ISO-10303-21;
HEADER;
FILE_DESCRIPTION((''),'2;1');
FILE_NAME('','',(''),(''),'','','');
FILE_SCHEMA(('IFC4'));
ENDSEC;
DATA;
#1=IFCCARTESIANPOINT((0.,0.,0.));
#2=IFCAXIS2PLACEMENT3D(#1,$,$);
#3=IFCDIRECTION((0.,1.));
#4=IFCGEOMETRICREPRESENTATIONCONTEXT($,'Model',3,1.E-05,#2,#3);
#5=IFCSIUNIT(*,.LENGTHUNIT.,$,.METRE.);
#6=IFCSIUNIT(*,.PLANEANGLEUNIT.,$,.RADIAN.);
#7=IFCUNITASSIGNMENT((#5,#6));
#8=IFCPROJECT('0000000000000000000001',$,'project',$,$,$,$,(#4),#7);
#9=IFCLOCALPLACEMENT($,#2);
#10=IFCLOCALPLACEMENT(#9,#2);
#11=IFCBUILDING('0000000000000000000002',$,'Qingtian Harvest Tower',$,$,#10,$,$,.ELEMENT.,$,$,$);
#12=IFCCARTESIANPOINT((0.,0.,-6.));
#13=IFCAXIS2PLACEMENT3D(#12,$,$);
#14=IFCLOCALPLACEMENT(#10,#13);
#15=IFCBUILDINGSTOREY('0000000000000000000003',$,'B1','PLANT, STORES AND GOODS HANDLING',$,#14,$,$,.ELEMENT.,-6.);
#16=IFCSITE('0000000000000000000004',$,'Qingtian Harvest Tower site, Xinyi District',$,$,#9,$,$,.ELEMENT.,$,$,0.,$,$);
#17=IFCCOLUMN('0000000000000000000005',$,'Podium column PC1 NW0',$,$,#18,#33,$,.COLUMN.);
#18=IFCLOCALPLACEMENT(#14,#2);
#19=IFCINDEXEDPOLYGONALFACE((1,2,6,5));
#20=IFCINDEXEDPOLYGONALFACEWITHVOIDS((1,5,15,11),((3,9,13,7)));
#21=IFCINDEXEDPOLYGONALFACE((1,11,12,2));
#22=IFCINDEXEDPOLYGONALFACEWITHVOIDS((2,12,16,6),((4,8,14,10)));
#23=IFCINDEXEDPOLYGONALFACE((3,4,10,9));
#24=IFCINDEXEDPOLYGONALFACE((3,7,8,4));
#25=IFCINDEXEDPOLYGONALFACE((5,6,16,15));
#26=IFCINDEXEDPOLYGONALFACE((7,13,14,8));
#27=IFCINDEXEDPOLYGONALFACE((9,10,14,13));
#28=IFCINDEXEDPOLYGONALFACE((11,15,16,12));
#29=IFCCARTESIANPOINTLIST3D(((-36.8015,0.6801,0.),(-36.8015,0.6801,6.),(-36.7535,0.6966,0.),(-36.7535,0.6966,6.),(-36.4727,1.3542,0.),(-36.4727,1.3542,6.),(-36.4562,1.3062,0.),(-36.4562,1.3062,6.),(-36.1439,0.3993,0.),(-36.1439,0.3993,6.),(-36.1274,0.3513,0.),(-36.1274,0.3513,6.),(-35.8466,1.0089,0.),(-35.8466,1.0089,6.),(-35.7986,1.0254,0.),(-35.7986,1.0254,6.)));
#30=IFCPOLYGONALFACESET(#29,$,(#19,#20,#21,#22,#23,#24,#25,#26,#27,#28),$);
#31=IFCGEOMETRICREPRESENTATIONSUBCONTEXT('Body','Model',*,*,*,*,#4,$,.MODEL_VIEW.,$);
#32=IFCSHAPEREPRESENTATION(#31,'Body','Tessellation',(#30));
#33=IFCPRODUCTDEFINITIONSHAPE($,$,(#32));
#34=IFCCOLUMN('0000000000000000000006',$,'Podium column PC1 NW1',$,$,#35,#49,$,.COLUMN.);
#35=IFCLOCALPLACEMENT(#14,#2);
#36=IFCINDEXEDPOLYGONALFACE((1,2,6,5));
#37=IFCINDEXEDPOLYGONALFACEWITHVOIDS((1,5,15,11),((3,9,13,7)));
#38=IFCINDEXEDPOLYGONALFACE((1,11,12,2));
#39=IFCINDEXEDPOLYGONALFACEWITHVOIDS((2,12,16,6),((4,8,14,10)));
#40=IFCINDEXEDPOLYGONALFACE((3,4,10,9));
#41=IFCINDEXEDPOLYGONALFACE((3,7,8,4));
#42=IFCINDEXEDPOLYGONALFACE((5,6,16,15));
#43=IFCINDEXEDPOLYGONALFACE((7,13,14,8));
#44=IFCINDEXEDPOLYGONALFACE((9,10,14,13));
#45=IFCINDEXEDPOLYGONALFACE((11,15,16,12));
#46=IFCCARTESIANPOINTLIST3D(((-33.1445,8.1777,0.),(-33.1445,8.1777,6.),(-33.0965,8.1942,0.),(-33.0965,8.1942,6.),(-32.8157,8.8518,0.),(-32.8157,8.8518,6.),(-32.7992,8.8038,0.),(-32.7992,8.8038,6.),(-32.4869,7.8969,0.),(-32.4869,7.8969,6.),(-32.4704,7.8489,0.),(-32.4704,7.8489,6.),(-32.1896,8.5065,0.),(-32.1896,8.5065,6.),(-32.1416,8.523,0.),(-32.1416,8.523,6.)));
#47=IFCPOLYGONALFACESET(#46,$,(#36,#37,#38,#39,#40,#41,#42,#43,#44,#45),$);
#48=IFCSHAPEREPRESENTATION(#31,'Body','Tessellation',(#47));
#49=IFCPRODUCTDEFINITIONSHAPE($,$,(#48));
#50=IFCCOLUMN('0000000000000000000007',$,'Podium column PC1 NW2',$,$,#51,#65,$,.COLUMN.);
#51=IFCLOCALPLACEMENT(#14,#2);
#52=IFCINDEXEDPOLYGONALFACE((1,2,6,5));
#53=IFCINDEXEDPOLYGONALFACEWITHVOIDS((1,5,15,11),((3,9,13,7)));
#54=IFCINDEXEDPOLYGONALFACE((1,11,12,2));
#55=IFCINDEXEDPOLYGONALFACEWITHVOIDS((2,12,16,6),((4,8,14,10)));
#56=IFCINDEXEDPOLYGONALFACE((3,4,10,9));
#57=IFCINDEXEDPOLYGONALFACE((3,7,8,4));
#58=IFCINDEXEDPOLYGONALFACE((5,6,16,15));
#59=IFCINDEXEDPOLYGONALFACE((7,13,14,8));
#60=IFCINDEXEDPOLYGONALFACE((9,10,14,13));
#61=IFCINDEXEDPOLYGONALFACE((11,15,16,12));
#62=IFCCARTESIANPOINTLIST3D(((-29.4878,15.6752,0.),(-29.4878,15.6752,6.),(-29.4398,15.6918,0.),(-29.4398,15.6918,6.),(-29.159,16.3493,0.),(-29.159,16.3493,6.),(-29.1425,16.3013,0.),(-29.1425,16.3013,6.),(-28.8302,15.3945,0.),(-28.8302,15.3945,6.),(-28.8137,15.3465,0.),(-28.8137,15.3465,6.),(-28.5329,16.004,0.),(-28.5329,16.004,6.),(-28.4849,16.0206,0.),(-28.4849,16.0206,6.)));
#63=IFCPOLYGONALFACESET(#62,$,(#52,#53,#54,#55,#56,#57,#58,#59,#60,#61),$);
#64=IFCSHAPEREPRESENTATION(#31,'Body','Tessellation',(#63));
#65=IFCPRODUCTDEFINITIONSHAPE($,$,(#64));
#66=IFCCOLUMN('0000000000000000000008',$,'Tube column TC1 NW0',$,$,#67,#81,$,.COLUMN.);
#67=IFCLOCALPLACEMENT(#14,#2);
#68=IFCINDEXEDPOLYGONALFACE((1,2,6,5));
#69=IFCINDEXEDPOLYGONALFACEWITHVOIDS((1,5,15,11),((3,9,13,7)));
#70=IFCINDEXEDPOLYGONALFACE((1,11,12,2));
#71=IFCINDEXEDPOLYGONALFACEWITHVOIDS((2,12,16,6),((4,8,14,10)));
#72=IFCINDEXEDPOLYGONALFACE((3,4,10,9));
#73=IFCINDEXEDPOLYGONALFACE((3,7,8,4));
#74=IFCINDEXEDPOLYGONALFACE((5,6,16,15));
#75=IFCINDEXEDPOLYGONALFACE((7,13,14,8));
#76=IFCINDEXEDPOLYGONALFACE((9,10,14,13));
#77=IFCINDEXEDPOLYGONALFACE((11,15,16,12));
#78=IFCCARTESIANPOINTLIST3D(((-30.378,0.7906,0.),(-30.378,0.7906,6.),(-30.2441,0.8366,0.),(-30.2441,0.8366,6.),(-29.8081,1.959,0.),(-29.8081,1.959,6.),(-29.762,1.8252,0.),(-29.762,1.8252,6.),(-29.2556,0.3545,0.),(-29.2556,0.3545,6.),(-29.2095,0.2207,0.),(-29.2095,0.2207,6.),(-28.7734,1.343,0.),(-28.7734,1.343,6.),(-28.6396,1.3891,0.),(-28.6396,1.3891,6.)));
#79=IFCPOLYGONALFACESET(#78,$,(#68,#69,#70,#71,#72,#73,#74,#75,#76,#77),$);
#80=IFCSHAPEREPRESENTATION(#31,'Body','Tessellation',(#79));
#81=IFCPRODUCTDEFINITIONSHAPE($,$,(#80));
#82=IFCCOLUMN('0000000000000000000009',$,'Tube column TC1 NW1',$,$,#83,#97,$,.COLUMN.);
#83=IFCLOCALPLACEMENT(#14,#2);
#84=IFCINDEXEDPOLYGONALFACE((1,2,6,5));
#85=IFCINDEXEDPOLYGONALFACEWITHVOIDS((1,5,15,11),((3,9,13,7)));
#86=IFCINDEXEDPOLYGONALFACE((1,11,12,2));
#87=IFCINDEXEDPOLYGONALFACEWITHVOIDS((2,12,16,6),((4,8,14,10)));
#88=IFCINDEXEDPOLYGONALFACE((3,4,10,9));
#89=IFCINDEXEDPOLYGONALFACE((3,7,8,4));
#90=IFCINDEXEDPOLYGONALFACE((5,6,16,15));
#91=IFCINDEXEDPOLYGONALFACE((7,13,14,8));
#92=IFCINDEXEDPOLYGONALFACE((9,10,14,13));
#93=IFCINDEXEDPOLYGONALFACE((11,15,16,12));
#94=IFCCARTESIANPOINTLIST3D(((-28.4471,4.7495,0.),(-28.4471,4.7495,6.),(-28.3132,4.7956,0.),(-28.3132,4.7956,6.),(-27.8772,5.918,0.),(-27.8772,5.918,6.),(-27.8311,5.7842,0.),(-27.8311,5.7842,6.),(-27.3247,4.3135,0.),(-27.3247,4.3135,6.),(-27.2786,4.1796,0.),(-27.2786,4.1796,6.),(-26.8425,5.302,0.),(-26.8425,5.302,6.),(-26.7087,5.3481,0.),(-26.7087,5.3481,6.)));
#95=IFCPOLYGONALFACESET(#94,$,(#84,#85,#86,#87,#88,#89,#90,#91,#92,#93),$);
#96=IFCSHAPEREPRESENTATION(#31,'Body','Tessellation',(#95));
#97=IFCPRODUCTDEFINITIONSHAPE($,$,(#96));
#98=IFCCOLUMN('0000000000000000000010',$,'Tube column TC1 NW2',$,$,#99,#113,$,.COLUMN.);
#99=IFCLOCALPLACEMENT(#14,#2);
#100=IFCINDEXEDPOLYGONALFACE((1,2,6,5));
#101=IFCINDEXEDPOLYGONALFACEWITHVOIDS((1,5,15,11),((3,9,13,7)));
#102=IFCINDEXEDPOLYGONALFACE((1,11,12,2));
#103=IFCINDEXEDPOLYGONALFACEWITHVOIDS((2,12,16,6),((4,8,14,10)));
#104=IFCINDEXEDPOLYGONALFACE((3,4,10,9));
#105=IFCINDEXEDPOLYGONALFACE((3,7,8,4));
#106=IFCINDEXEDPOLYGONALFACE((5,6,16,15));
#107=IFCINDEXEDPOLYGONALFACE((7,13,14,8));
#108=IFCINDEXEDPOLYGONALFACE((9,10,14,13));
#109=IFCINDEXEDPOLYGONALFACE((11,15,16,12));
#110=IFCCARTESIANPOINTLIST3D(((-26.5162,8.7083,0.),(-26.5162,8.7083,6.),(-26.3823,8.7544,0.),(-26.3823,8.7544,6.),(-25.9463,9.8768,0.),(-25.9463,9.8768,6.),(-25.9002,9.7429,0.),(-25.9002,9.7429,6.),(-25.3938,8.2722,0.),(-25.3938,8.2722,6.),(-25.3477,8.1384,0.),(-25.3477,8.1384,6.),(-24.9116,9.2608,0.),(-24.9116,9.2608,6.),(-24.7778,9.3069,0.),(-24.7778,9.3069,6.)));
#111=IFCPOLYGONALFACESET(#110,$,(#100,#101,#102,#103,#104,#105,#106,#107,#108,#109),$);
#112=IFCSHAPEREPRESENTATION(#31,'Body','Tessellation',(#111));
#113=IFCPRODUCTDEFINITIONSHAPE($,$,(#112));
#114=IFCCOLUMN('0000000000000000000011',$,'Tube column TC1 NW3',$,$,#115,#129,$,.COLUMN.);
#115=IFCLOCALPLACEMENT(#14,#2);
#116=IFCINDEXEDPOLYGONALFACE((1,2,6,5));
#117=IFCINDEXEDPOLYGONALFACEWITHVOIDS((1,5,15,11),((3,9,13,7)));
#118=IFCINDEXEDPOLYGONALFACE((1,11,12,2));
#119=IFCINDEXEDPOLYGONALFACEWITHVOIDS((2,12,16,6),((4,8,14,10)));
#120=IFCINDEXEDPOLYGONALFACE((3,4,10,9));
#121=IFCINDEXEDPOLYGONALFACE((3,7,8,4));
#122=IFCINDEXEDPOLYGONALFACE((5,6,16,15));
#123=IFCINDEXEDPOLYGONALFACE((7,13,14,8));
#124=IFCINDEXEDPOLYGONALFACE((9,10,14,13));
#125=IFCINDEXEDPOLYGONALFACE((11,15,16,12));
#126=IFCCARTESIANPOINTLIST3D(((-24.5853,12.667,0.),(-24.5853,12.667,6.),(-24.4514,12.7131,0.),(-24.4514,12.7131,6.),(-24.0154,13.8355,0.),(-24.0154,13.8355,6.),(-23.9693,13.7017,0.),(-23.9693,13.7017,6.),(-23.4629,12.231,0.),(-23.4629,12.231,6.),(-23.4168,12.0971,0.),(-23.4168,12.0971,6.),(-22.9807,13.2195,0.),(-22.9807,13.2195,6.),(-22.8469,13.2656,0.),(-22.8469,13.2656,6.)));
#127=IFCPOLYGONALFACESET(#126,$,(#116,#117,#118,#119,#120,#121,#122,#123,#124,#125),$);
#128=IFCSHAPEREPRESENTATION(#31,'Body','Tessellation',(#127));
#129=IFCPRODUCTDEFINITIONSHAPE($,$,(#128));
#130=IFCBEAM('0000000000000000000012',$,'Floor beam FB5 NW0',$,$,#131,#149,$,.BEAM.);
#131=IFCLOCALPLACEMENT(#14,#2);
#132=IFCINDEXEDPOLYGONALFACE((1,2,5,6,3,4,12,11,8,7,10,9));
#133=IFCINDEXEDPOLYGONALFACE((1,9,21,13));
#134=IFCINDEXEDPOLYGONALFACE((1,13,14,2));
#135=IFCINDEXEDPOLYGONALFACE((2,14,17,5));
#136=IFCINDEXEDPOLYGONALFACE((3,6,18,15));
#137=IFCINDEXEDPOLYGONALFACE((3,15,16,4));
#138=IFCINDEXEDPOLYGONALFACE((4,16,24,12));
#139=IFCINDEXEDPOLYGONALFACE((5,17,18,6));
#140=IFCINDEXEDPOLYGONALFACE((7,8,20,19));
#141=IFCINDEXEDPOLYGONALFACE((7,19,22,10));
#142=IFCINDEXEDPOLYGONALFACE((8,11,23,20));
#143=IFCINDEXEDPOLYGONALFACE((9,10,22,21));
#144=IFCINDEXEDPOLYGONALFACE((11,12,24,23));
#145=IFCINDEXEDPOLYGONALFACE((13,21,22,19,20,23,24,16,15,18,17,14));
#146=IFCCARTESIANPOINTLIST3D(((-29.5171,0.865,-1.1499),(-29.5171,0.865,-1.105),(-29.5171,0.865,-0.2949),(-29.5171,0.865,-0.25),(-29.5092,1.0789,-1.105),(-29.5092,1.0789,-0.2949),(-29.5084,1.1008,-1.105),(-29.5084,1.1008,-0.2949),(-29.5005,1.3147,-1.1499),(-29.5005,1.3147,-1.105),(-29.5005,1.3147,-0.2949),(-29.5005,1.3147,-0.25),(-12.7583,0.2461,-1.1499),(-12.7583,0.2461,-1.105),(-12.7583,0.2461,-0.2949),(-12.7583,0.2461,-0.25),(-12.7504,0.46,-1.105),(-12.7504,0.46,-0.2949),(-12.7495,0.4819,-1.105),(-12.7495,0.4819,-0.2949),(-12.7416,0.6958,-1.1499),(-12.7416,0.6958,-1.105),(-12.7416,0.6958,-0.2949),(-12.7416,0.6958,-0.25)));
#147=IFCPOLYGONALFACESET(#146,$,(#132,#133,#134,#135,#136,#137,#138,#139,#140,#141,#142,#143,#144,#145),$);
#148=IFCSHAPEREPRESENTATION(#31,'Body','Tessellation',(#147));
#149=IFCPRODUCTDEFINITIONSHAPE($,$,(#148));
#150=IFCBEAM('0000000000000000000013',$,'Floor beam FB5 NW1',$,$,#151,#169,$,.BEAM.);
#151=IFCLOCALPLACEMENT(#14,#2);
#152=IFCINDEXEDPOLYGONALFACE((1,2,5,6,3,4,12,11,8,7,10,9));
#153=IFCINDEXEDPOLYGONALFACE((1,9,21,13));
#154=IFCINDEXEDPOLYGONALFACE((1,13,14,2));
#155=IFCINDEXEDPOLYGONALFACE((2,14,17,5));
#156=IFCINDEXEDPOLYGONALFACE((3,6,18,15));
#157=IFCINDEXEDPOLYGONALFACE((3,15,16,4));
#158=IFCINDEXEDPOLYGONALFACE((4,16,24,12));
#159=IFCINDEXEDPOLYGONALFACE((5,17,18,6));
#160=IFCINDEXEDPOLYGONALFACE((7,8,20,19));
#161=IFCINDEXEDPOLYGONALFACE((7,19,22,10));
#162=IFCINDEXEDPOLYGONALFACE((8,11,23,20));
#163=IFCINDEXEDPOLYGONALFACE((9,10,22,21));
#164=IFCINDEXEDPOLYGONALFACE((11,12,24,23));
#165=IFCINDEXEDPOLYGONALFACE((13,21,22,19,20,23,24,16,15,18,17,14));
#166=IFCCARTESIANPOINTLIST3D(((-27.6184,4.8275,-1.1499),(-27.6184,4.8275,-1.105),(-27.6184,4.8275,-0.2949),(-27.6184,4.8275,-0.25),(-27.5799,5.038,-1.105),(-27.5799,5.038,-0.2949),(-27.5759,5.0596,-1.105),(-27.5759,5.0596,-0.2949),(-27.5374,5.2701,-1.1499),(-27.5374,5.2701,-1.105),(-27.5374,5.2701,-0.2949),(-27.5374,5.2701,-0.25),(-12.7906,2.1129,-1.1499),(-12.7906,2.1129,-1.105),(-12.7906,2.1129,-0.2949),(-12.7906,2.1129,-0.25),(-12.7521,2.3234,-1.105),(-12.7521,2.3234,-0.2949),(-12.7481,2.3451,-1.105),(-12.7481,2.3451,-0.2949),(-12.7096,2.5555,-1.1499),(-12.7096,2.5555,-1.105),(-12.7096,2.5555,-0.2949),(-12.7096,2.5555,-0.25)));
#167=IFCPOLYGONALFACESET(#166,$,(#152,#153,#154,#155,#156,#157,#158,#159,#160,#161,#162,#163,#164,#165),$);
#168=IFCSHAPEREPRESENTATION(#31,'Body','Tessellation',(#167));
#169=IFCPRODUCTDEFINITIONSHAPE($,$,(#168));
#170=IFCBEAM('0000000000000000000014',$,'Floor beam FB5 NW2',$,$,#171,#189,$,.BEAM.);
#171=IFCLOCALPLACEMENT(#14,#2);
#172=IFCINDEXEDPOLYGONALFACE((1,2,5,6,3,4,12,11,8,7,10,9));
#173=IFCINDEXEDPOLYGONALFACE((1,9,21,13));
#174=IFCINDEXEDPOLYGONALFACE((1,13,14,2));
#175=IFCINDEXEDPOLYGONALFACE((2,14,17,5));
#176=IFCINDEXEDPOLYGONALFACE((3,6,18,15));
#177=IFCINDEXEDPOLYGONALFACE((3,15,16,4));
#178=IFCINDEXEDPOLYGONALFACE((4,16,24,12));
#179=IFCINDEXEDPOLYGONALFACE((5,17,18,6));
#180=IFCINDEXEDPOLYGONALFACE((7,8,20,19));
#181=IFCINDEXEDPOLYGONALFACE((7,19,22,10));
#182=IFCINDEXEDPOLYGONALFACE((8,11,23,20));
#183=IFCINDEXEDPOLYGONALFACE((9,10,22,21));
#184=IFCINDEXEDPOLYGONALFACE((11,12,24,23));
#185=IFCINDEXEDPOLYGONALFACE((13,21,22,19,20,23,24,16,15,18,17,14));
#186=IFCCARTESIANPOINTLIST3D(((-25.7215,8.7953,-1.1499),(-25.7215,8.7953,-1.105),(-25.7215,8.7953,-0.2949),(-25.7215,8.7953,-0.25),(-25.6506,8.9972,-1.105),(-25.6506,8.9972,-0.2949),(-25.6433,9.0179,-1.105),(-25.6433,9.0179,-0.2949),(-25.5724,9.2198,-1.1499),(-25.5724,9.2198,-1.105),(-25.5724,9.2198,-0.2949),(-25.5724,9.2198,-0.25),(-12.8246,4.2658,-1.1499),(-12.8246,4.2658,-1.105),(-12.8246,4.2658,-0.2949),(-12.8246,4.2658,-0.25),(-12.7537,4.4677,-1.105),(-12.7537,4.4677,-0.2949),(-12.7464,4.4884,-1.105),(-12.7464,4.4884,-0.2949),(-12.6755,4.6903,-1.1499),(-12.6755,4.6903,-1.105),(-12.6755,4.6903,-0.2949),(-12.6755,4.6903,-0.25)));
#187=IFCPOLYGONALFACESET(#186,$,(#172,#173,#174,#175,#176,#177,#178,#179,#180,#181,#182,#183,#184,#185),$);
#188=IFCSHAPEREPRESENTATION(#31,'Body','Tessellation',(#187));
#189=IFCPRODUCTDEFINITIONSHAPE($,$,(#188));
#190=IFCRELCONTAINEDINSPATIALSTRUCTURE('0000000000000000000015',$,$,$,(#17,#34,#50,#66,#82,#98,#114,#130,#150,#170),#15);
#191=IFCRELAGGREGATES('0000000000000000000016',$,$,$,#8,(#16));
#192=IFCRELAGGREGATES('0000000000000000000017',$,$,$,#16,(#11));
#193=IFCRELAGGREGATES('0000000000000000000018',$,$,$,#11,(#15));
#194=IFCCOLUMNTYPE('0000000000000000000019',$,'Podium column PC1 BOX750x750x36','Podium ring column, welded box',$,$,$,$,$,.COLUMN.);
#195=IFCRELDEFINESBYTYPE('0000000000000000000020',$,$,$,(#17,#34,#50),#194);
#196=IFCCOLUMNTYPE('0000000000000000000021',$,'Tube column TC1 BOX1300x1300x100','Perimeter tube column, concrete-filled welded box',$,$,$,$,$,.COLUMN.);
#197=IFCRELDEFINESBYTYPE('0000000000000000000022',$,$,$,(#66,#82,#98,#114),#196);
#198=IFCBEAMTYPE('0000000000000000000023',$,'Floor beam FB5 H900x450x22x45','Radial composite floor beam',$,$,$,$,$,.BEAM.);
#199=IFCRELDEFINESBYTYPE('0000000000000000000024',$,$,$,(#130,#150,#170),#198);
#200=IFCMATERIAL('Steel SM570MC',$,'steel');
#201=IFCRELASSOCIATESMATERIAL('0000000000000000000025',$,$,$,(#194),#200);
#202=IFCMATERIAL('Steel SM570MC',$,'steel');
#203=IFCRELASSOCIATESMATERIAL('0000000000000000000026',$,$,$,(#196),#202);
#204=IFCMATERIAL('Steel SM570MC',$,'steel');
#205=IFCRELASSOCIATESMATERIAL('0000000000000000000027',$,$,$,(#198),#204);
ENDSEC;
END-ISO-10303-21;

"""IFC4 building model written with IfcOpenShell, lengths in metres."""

from ifc_helpers import new_model, si_unit, direction, frame, origin, origin_2d, place, context, subcontext, project, spatial, hollow_rectangle, i_section, extrude, material, material_profile, profile_set, type_object, element, save


model = new_model("IFC4")

# Units and contexts
model_context = context("Model", 3, precision=1e-05, world=origin(), true_north=direction((0.0, 1.0)))
body_context = subcontext(model_context, "Body", "Model", "MODEL_VIEW")
ifc_project = project(units=[si_unit("LENGTHUNIT", "METRE"), si_unit("PLANEANGLEUNIT", "RADIAN")], contexts=[model_context])

# Site, building, storey
site_placement = place(None, origin())
site = spatial("IfcSite", under=ifc_project, at=site_placement, Name="Qingtian Harvest Tower site, Xinyi District", CompositionType="ELEMENT", RefElevation=0.0)
building_placement = place(site_placement, origin())
building = spatial("IfcBuilding", under=site, at=building_placement, Name="Qingtian Harvest Tower", CompositionType="ELEMENT")
storey_placement = place(building_placement, frame((0.0, 0.0, -6.0)))
storey = spatial("IfcBuildingStorey", under=building, at=storey_placement, Name="B1", Description="PLANT, STORES AND GOODS HANDLING", CompositionType="ELEMENT", Elevation=-6.0)

# Columns
ifc_material_1 = material(Name="Steel SM570MC", Category="steel")
ifc_material_profile_1 = material_profile(ifc_material_1, hollow_rectangle(XDim=0.75, YDim=0.75, WallThickness=0.0359, at=origin_2d()), Name="BOX750x750x36")
ifc_profile_set_1 = profile_set([ifc_material_profile_1], Name="Steel SM570MC")
column_type_1 = type_object("IfcColumnType", Name="Podium column PC1 BOX750x750x36", Description="Podium ring column, welded box", PredefinedType="COLUMN", material=ifc_profile_set_1)
for number, where, z_axis, x_axis, name in (
    (1, (-36.3, 0.8528, 0.0), (0.0, 0.0, 1.0), (-0.438371, -0.898794, 0.0), "Podium column PC1 NW0"),
    (2, (-32.6431, 8.3503, 0.0), (0.0, 0.0, 1.0), (-0.438371, -0.898794, 0.0), "Podium column PC1 NW1"),
    (3, (-28.9863, 15.8479, 0.0), (0.0, 0.0, 1.0), (-0.438371, -0.898794, 0.0), "Podium column PC1 NW2"),
):
    element("IfcColumn", number, at=place(storey_placement, frame(where, z_axis=z_axis, x_axis=x_axis)), inside=storey, type_object=column_type_1, Name=name, PredefinedType="COLUMN", context=body_context, shape_type="SweptSolid", body=[
        extrude(hollow_rectangle(XDim=0.75, YDim=0.75, WallThickness=0.0359, at=origin_2d()), origin(), (0.0, 0.0, 1.0), 6.0),
    ])
ifc_material_2 = material(Name="Steel SM570MC", Category="steel")
ifc_material_profile_2 = material_profile(ifc_material_2, hollow_rectangle(XDim=1.3, YDim=1.3, WallThickness=0.1001, at=origin_2d()), Name="BOX1300x1300x100")
ifc_profile_set_2 = profile_set([ifc_material_profile_2], Name="Steel SM570MC")
column_type_2 = type_object("IfcColumnType", Name="Tube column TC1 BOX1300x1300x100", Description="Perimeter tube column, concrete-filled welded box", PredefinedType="COLUMN", material=ifc_profile_set_2)
for number, where, z_axis, x_axis, name in (
    (4, (-29.5088, 1.0898, 0.0), (0.0, 0.0, 1.0), (-0.438371, -0.898794, 0.0), "Tube column TC1 NW0"),
    (5, (-27.5779, 5.0488, 0.0), (0.0, 0.0, 1.0), (-0.438371, -0.898794, 0.0), "Tube column TC1 NW1"),
    (6, (-25.647, 9.0076, 0.0), (0.0, 0.0, 1.0), (-0.438371, -0.898794, 0.0), "Tube column TC1 NW2"),
    (7, (-23.7161, 12.9663, 0.0), (0.0, 0.0, 1.0), (-0.438371, -0.898794, 0.0), "Tube column TC1 NW3"),
):
    element("IfcColumn", number, at=place(storey_placement, frame(where, z_axis=z_axis, x_axis=x_axis)), inside=storey, type_object=column_type_2, Name=name, PredefinedType="COLUMN", context=body_context, shape_type="SweptSolid", body=[
        extrude(hollow_rectangle(XDim=1.3, YDim=1.3, WallThickness=0.1001, at=origin_2d()), origin(), (0.0, 0.0, 1.0), 6.0),
    ])

# Beams
ifc_material_3 = material(Name="Steel SM570MC", Category="steel")
ifc_material_profile_3 = material_profile(ifc_material_3, i_section(OverallWidth=0.45, OverallDepth=0.8999, WebThickness=0.022, FlangeThickness=0.0449, at=origin_2d()), Name="H900x450x22x45")
ifc_profile_set_3 = profile_set([ifc_material_profile_3], Name="Steel SM570MC")
beam_type_1 = type_object("IfcBeamType", Name="Floor beam FB5 H900x450x22x45", Description="Radial composite floor beam", PredefinedType="BEAM", material=ifc_profile_set_3)
beam_1_placement = place(storey_placement, frame((-29.5088, 1.0898, -0.7), z_axis=(0.999319, -0.036905, 0.0), x_axis=(0.036905, 0.999319, 0.0)))
element("IfcBeam", 8, at=beam_1_placement, inside=storey, type_object=beam_type_1, Name="Floor beam FB5 NW0", PredefinedType="BEAM", context=body_context, shape_type="SweptSolid", body=[
    extrude(i_section(OverallWidth=0.45, OverallDepth=0.8999, WebThickness=0.022, FlangeThickness=0.0449, at=origin_2d()), origin(), (0.0, 0.0, 1.0), 16.7703),
])
beam_2_placement = place(storey_placement, frame((-27.5779, 5.0488, -0.7), z_axis=(0.983652, -0.180081, 0.0), x_axis=(0.180081, 0.983652, 0.0)))
element("IfcBeam", 9, at=beam_2_placement, inside=storey, type_object=beam_type_1, Name="Floor beam FB5 NW1", PredefinedType="BEAM", context=body_context, shape_type="SweptSolid", body=[
    extrude(i_section(OverallWidth=0.45, OverallDepth=0.8999, WebThickness=0.022, FlangeThickness=0.0449, at=origin_2d()), origin(), (0.0, 0.0, 1.0), 15.0742),
])
beam_3_placement = place(storey_placement, frame((-25.647, 9.0076, -0.7), z_axis=(0.943502, -0.331367, 0.0), x_axis=(0.331367, 0.943502, 0.0)))
element("IfcBeam", 10, at=beam_3_placement, inside=storey, type_object=beam_type_1, Name="Floor beam FB5 NW2", PredefinedType="BEAM", context=body_context, shape_type="SweptSolid", body=[
    extrude(i_section(OverallWidth=0.45, OverallDepth=0.8999, WebThickness=0.022, FlangeThickness=0.0449, at=origin_2d()), origin(), (0.0, 0.0, 1.0), 13.6692),
])

save(model, "model.ifc")
